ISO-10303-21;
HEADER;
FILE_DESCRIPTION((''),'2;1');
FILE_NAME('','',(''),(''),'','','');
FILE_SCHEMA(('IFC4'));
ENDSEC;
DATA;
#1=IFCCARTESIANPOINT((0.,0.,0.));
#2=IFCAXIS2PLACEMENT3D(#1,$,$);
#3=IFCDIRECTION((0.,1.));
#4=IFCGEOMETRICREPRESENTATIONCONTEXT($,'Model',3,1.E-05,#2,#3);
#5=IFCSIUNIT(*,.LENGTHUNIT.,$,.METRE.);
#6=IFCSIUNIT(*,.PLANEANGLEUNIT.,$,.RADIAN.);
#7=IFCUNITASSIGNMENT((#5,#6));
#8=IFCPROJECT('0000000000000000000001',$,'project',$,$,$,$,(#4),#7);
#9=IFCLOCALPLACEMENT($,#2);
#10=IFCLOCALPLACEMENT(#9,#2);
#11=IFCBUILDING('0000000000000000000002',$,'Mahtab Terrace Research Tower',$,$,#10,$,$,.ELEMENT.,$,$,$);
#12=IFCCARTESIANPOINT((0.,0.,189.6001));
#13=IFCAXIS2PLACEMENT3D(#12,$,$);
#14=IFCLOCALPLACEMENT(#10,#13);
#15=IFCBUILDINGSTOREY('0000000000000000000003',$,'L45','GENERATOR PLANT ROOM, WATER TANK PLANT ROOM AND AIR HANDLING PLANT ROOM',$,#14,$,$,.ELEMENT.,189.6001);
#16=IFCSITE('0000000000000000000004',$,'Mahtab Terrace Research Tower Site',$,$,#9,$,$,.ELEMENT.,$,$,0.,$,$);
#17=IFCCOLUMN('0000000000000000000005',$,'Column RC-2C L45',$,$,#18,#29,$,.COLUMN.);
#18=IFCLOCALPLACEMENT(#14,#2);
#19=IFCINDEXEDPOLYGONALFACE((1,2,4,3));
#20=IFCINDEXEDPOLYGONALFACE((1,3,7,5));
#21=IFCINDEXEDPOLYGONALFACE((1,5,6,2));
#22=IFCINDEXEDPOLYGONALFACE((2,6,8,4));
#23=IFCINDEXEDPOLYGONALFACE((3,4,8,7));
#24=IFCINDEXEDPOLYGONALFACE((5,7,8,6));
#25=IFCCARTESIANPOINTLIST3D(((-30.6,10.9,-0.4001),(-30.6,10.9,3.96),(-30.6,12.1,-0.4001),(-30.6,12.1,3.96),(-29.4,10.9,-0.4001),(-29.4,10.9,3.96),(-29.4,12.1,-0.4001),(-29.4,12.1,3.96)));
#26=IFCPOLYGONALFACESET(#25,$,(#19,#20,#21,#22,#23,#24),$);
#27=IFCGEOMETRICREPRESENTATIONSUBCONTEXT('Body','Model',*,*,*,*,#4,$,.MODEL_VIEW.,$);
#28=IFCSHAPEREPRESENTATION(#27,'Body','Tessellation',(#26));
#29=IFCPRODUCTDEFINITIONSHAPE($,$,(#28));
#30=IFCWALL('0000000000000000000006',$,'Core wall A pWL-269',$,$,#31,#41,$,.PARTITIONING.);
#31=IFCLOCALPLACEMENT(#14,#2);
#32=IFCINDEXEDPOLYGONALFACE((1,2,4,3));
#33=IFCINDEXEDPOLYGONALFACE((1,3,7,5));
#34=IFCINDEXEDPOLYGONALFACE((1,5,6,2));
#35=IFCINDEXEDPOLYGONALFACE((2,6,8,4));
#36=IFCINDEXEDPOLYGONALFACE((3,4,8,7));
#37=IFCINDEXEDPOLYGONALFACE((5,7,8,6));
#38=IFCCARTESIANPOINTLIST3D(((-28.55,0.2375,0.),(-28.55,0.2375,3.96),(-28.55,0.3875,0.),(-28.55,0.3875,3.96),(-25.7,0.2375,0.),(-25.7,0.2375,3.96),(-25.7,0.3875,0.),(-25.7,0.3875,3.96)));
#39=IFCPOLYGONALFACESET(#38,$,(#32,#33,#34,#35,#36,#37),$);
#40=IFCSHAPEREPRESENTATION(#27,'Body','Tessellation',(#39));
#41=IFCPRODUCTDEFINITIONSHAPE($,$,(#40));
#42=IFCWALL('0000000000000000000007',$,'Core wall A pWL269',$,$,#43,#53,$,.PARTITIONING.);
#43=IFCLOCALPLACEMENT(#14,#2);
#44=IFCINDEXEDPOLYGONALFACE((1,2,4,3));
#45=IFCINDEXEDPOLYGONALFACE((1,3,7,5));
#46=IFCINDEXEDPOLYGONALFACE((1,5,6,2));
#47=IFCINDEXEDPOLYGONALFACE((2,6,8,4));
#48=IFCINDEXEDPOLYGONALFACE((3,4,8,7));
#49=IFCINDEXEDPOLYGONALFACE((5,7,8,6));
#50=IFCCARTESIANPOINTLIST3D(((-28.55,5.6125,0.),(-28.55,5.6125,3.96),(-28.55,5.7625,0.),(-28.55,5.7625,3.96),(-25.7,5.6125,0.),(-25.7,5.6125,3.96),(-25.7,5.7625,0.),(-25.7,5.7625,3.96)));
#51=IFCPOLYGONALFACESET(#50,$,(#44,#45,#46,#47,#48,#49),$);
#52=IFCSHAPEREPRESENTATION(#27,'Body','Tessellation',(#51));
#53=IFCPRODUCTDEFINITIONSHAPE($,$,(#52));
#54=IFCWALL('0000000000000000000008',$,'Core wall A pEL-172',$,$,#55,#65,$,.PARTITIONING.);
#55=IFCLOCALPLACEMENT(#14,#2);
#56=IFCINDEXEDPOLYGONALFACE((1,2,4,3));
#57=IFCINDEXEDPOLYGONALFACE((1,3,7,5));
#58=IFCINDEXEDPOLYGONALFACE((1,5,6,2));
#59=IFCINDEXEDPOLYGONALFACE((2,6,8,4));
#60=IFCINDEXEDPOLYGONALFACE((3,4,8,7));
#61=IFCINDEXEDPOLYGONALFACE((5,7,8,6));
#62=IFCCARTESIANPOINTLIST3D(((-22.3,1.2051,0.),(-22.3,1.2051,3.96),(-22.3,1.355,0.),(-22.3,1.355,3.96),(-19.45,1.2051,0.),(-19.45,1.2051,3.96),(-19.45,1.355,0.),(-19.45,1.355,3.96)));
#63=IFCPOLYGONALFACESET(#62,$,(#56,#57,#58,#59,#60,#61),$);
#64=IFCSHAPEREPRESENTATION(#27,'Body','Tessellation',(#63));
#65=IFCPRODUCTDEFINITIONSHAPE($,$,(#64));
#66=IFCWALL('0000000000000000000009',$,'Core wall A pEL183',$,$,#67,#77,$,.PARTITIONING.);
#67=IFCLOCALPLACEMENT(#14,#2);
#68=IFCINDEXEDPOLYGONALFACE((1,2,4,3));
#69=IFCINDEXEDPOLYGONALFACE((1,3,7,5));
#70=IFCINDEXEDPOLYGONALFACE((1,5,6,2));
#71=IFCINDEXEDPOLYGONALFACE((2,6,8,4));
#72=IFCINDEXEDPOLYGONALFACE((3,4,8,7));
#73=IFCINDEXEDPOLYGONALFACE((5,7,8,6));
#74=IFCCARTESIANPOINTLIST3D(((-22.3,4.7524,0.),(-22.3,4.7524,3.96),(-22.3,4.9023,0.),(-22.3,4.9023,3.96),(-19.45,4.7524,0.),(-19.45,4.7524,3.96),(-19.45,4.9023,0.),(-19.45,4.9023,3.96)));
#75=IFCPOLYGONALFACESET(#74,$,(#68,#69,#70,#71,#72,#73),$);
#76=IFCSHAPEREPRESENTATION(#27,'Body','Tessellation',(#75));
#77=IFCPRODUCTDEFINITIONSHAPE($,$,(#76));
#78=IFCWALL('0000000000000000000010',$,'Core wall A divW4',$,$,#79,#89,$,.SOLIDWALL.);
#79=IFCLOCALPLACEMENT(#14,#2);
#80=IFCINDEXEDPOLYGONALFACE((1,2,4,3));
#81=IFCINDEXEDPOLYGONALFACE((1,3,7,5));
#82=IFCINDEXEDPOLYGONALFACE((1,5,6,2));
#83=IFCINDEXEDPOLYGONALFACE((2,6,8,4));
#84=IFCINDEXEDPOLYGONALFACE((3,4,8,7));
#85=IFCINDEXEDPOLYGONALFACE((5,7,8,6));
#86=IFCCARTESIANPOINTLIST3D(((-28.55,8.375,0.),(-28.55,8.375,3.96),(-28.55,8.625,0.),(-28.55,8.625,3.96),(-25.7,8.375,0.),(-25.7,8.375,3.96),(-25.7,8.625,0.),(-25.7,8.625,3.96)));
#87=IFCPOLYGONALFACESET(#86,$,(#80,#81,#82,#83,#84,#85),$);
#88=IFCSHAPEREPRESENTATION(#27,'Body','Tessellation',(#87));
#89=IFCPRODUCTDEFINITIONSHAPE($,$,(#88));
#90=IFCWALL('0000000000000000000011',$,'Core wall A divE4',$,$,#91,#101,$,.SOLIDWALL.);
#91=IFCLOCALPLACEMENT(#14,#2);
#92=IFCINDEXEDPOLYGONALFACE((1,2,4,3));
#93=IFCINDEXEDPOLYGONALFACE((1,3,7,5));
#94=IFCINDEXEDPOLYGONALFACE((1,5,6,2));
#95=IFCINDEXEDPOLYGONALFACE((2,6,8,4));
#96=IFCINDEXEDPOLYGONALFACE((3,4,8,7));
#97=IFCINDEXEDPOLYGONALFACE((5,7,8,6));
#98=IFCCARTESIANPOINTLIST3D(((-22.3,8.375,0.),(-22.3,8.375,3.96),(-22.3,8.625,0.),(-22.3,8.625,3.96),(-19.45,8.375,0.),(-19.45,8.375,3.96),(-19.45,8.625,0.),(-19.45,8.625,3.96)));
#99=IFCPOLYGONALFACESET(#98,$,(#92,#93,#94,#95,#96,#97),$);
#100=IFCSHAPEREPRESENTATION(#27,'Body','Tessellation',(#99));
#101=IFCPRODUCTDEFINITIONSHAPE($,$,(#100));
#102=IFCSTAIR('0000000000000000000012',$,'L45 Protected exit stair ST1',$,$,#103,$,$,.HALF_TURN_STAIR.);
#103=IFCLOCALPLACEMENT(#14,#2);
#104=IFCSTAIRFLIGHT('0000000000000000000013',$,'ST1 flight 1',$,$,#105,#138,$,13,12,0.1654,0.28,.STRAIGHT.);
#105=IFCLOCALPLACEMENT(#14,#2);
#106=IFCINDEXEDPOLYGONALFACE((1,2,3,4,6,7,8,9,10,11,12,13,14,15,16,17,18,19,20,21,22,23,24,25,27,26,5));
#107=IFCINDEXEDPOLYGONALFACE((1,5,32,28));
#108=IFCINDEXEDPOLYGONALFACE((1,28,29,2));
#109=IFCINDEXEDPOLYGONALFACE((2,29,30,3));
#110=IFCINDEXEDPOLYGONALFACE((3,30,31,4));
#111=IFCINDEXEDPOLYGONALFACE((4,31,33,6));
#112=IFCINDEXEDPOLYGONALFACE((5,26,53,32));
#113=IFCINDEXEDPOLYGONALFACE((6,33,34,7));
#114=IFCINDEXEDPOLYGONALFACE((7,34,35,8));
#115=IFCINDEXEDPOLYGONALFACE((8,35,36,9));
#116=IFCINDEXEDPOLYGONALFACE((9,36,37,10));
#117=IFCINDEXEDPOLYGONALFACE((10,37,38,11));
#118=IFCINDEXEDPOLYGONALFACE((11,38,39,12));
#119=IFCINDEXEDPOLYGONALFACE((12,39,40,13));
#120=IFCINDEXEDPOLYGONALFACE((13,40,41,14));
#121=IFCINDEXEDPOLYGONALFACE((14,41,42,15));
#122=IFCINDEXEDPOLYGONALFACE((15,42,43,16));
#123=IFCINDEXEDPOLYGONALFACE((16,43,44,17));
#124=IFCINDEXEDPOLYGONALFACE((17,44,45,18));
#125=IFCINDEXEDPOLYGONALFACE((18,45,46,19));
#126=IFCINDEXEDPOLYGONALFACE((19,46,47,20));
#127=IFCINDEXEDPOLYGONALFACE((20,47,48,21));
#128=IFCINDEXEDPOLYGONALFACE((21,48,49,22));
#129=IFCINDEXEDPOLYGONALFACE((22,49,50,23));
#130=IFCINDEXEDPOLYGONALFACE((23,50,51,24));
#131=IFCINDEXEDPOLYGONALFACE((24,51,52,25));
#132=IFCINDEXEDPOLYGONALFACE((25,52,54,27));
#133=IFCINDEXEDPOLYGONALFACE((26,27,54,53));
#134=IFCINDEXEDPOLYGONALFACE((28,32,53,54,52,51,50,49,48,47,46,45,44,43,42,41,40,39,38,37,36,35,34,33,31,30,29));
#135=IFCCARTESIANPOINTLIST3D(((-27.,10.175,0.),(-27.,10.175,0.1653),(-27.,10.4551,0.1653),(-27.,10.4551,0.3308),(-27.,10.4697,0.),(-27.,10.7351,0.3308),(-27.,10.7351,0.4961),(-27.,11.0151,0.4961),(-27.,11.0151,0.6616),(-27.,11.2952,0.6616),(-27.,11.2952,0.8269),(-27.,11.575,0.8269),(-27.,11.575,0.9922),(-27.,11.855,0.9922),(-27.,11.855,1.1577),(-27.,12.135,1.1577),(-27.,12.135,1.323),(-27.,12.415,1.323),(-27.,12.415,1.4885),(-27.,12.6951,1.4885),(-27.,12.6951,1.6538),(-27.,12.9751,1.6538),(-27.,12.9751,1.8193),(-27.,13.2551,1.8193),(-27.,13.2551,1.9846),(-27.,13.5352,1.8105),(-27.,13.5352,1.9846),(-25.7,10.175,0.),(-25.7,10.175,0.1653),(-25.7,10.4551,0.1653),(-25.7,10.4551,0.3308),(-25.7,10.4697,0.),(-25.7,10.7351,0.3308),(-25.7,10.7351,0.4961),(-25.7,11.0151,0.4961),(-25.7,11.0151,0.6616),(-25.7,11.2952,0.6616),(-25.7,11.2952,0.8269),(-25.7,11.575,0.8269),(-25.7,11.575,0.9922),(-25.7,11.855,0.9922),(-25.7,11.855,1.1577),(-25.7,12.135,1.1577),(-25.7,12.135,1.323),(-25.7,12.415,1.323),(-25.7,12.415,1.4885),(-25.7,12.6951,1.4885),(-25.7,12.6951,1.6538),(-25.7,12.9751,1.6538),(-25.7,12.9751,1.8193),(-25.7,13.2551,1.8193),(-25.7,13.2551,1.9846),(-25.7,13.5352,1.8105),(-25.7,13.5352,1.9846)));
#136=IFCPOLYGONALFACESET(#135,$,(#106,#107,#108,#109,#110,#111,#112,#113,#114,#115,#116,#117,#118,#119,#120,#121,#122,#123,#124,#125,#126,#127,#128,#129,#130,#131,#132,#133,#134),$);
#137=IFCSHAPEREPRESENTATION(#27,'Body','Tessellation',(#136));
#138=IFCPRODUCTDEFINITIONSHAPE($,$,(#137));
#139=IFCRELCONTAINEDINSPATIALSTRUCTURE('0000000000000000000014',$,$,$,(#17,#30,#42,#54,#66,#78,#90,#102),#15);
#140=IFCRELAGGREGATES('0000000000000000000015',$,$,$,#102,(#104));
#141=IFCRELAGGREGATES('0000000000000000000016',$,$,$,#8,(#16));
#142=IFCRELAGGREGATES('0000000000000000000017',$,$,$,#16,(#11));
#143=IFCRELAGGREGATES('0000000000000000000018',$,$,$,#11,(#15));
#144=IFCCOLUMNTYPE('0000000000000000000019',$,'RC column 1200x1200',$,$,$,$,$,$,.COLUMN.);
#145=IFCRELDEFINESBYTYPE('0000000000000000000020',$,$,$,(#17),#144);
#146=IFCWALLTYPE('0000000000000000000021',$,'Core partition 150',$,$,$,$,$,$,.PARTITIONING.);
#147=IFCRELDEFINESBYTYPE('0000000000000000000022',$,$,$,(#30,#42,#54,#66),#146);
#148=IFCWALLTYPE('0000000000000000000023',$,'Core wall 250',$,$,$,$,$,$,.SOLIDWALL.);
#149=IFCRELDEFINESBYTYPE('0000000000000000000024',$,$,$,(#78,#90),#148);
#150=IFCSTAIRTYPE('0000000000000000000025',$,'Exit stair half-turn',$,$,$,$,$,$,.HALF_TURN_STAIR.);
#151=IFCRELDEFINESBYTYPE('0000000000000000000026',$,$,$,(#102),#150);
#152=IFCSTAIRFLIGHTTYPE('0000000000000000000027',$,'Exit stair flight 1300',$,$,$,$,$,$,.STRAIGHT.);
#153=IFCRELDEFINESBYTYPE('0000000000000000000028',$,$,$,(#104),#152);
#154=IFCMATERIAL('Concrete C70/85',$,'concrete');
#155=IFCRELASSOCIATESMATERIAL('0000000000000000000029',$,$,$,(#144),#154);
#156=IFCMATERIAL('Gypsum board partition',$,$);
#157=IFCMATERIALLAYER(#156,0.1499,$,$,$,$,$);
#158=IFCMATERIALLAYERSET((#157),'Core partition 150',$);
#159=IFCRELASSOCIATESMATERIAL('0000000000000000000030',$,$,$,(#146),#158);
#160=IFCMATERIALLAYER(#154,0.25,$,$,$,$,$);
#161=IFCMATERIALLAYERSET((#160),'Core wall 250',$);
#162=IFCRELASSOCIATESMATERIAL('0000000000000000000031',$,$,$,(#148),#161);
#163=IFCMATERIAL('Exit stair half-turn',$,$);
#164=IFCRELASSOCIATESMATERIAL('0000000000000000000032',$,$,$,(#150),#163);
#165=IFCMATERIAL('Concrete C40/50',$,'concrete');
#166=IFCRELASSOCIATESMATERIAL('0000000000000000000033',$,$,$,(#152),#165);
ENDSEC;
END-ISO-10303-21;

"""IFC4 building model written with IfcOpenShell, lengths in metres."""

from ifc_helpers import new_model, si_unit, direction, frame, frame_2d, origin, origin_2d, place, context, subcontext, project, spatial, polyline, rectangle, outline, extrude, material, layer, layer_set, material_profile, profile_set, type_object, element, aggregate, save


model = new_model("IFC4")

# Units and contexts
model_context = context("Model", 3, precision=1e-05, world=origin(), true_north=direction((0.0, 1.0)))
body_context = subcontext(model_context, "Body", "Model", "MODEL_VIEW")
ifc_project = project(units=[si_unit("LENGTHUNIT", "METRE"), si_unit("PLANEANGLEUNIT", "RADIAN")], contexts=[model_context])

# Site, building, storey
site_placement = place(None, origin())
site = spatial("IfcSite", under=ifc_project, at=site_placement, Name="Mahtab Terrace Research Tower Site", CompositionType="ELEMENT", RefElevation=0.0)
building_placement = place(site_placement, origin())
building = spatial("IfcBuilding", under=site, at=building_placement, Name="Mahtab Terrace Research Tower", CompositionType="ELEMENT")
storey_placement = place(building_placement, frame((0.0, 0.0, 189.6001)))
storey = spatial("IfcBuildingStorey", under=building, at=storey_placement, Name="L45", Description="GENERATOR PLANT ROOM, WATER TANK PLANT ROOM AND AIR HANDLING PLANT ROOM", CompositionType="ELEMENT", Elevation=189.6001)

# Column
ifc_material_1 = material(Name="Concrete C70/85", Category="concrete")
ifc_material_profile = material_profile(ifc_material_1, rectangle(XDim=1.2, YDim=1.2, at=origin_2d()), Name="RC column 1200x1200")
ifc_profile_set = profile_set([ifc_material_profile], Name="Concrete C70/85")
column_type = type_object("IfcColumnType", Name="RC column 1200x1200", PredefinedType="COLUMN", material=ifc_profile_set)
column_placement = place(storey_placement, frame((-30.0, 11.5, -0.4001), z_axis=(0.0, 0.0, 1.0), x_axis=(1.0, 0.0, 0.0)))
element("IfcColumn", 1, at=column_placement, inside=storey, type_object=column_type, Name="Column RC-2C L45", PredefinedType="COLUMN", context=body_context, shape_type="SweptSolid", body=[
    extrude(rectangle(XDim=1.2, YDim=1.2, at=origin_2d()), origin(), (0.0, 0.0, 1.0), 4.3601),
])

# Walls
ifc_material_2 = material(Name="Gypsum board partition")
ifc_layer_1 = layer(ifc_material_2, 0.1499)
ifc_layer_set_1 = layer_set([ifc_layer_1], Name="Core partition 150")
wall_type_1 = type_object("IfcWallType", Name="Core partition 150", PredefinedType="PARTITIONING", material=ifc_layer_set_1)
for number, where, z_axis, x_axis, name in (
    (2, (-28.55, 0.3125, 0.0), (0.0, 0.0, 1.0), (1.0, 0.0, 0.0), "Core wall A pWL-269"),
    (3, (-28.55, 5.6875, 0.0), (0.0, 0.0, 1.0), (1.0, 0.0, 0.0), "Core wall A pWL269"),
    (4, (-22.3, 1.28, 0.0), (0.0, 0.0, 1.0), (1.0, 0.0, 0.0), "Core wall A pEL-172"),
    (5, (-22.3, 4.8274, 0.0), (0.0, 0.0, 1.0), (1.0, 0.0, 0.0), "Core wall A pEL183"),
):
    element("IfcWall", number, at=place(storey_placement, frame(where, z_axis=z_axis, x_axis=x_axis)), inside=storey, type_object=wall_type_1, Name=name, PredefinedType="PARTITIONING", context=body_context, shape_type="SweptSolid", body=[
        extrude(rectangle(XDim=2.8501, YDim=0.1499, at=frame_2d((1.425, 0.0))), origin(), (0.0, 0.0, 1.0), 3.96),
    ])
ifc_layer_2 = layer(ifc_material_1, 0.25)
ifc_layer_set_2 = layer_set([ifc_layer_2], Name="Core wall 250")
wall_type_2 = type_object("IfcWallType", Name="Core wall 250", PredefinedType="SOLIDWALL", material=ifc_layer_set_2)
for number, where, z_axis, x_axis, name in (
    (6, (-28.55, 8.5, 0.0), (0.0, 0.0, 1.0), (1.0, 0.0, 0.0), "Core wall A divW4"),
    (7, (-22.3, 8.5, 0.0), (0.0, 0.0, 1.0), (1.0, 0.0, 0.0), "Core wall A divE4"),
):
    element("IfcWall", number, at=place(storey_placement, frame(where, z_axis=z_axis, x_axis=x_axis)), inside=storey, type_object=wall_type_2, Name=name, PredefinedType="SOLIDWALL", context=body_context, shape_type="SweptSolid", body=[
        extrude(rectangle(XDim=2.8501, YDim=0.25, at=frame_2d((1.425, 0.0))), origin(), (0.0, 0.0, 1.0), 3.96),
    ])

# Stair, stair flight
ifc_material_3 = material(Name="Exit stair half-turn")
stair_type = type_object("IfcStairType", Name="Exit stair half-turn", PredefinedType="HALF_TURN_STAIR", material=ifc_material_3)
stair_placement = place(storey_placement, origin())
stair = element("IfcStair", 8, at=stair_placement, inside=storey, type_object=stair_type, Name="L45 Protected exit stair ST1", PredefinedType="HALF_TURN_STAIR")
ifc_material_4 = material(Name="Concrete C40/50", Category="concrete")
stair_flight_type = type_object("IfcStairFlightType", Name="Exit stair flight 1300", PredefinedType="STRAIGHT", material=ifc_material_4)
stair_flight_placement = place(storey_placement, frame((-26.3501, 10.175, 0.0), z_axis=(0.0, 0.0, 1.0), x_axis=(0.0, 1.0, 0.0)))
stair_flight = element("IfcStairFlight", 9, at=stair_flight_placement, type_object=stair_flight_type, Name="ST1 flight 1", NumberOfRisers=13, NumberOfTreads=12, PredefinedType="STRAIGHT", RiserHeight=0.1654, TreadLength=0.28, context=body_context, shape_type="SweptSolid", body=[
    extrude(outline(polyline([(0.0, 0.0), (0.0, 0.1653), (0.28, 0.1653), (0.28, 0.3308), (0.5601, 0.3308), (0.5601, 0.4961), (0.8401, 0.4961), (0.8401, 0.6616), (1.1201, 0.6616), (1.1201, 0.8269), (1.3999, 0.8269), (1.3999, 0.9922), (1.6799, 0.9922), (1.6799, 1.1577), (1.96, 1.1577), (1.96, 1.323), (2.24, 1.323), (2.24, 1.4885), (2.52, 1.4885), (2.52, 1.6538), (2.8, 1.6538), (2.8, 1.8193), (3.0801, 1.8193), (3.0801, 1.9846), (3.3601, 1.9846), (3.3601, 2.1499), (3.3601, 1.8105), (0.2947, 0.0), (0.0, 0.0)])), frame((0.0, 0.6499, 0.0), z_axis=(0.0, -1.0, 0.0), x_axis=(1.0, 0.0, 0.0)), (0.0, 0.0, 1.0), 1.3),
])
aggregate(stair, [stair_flight])

save(model, "model.ifc")
